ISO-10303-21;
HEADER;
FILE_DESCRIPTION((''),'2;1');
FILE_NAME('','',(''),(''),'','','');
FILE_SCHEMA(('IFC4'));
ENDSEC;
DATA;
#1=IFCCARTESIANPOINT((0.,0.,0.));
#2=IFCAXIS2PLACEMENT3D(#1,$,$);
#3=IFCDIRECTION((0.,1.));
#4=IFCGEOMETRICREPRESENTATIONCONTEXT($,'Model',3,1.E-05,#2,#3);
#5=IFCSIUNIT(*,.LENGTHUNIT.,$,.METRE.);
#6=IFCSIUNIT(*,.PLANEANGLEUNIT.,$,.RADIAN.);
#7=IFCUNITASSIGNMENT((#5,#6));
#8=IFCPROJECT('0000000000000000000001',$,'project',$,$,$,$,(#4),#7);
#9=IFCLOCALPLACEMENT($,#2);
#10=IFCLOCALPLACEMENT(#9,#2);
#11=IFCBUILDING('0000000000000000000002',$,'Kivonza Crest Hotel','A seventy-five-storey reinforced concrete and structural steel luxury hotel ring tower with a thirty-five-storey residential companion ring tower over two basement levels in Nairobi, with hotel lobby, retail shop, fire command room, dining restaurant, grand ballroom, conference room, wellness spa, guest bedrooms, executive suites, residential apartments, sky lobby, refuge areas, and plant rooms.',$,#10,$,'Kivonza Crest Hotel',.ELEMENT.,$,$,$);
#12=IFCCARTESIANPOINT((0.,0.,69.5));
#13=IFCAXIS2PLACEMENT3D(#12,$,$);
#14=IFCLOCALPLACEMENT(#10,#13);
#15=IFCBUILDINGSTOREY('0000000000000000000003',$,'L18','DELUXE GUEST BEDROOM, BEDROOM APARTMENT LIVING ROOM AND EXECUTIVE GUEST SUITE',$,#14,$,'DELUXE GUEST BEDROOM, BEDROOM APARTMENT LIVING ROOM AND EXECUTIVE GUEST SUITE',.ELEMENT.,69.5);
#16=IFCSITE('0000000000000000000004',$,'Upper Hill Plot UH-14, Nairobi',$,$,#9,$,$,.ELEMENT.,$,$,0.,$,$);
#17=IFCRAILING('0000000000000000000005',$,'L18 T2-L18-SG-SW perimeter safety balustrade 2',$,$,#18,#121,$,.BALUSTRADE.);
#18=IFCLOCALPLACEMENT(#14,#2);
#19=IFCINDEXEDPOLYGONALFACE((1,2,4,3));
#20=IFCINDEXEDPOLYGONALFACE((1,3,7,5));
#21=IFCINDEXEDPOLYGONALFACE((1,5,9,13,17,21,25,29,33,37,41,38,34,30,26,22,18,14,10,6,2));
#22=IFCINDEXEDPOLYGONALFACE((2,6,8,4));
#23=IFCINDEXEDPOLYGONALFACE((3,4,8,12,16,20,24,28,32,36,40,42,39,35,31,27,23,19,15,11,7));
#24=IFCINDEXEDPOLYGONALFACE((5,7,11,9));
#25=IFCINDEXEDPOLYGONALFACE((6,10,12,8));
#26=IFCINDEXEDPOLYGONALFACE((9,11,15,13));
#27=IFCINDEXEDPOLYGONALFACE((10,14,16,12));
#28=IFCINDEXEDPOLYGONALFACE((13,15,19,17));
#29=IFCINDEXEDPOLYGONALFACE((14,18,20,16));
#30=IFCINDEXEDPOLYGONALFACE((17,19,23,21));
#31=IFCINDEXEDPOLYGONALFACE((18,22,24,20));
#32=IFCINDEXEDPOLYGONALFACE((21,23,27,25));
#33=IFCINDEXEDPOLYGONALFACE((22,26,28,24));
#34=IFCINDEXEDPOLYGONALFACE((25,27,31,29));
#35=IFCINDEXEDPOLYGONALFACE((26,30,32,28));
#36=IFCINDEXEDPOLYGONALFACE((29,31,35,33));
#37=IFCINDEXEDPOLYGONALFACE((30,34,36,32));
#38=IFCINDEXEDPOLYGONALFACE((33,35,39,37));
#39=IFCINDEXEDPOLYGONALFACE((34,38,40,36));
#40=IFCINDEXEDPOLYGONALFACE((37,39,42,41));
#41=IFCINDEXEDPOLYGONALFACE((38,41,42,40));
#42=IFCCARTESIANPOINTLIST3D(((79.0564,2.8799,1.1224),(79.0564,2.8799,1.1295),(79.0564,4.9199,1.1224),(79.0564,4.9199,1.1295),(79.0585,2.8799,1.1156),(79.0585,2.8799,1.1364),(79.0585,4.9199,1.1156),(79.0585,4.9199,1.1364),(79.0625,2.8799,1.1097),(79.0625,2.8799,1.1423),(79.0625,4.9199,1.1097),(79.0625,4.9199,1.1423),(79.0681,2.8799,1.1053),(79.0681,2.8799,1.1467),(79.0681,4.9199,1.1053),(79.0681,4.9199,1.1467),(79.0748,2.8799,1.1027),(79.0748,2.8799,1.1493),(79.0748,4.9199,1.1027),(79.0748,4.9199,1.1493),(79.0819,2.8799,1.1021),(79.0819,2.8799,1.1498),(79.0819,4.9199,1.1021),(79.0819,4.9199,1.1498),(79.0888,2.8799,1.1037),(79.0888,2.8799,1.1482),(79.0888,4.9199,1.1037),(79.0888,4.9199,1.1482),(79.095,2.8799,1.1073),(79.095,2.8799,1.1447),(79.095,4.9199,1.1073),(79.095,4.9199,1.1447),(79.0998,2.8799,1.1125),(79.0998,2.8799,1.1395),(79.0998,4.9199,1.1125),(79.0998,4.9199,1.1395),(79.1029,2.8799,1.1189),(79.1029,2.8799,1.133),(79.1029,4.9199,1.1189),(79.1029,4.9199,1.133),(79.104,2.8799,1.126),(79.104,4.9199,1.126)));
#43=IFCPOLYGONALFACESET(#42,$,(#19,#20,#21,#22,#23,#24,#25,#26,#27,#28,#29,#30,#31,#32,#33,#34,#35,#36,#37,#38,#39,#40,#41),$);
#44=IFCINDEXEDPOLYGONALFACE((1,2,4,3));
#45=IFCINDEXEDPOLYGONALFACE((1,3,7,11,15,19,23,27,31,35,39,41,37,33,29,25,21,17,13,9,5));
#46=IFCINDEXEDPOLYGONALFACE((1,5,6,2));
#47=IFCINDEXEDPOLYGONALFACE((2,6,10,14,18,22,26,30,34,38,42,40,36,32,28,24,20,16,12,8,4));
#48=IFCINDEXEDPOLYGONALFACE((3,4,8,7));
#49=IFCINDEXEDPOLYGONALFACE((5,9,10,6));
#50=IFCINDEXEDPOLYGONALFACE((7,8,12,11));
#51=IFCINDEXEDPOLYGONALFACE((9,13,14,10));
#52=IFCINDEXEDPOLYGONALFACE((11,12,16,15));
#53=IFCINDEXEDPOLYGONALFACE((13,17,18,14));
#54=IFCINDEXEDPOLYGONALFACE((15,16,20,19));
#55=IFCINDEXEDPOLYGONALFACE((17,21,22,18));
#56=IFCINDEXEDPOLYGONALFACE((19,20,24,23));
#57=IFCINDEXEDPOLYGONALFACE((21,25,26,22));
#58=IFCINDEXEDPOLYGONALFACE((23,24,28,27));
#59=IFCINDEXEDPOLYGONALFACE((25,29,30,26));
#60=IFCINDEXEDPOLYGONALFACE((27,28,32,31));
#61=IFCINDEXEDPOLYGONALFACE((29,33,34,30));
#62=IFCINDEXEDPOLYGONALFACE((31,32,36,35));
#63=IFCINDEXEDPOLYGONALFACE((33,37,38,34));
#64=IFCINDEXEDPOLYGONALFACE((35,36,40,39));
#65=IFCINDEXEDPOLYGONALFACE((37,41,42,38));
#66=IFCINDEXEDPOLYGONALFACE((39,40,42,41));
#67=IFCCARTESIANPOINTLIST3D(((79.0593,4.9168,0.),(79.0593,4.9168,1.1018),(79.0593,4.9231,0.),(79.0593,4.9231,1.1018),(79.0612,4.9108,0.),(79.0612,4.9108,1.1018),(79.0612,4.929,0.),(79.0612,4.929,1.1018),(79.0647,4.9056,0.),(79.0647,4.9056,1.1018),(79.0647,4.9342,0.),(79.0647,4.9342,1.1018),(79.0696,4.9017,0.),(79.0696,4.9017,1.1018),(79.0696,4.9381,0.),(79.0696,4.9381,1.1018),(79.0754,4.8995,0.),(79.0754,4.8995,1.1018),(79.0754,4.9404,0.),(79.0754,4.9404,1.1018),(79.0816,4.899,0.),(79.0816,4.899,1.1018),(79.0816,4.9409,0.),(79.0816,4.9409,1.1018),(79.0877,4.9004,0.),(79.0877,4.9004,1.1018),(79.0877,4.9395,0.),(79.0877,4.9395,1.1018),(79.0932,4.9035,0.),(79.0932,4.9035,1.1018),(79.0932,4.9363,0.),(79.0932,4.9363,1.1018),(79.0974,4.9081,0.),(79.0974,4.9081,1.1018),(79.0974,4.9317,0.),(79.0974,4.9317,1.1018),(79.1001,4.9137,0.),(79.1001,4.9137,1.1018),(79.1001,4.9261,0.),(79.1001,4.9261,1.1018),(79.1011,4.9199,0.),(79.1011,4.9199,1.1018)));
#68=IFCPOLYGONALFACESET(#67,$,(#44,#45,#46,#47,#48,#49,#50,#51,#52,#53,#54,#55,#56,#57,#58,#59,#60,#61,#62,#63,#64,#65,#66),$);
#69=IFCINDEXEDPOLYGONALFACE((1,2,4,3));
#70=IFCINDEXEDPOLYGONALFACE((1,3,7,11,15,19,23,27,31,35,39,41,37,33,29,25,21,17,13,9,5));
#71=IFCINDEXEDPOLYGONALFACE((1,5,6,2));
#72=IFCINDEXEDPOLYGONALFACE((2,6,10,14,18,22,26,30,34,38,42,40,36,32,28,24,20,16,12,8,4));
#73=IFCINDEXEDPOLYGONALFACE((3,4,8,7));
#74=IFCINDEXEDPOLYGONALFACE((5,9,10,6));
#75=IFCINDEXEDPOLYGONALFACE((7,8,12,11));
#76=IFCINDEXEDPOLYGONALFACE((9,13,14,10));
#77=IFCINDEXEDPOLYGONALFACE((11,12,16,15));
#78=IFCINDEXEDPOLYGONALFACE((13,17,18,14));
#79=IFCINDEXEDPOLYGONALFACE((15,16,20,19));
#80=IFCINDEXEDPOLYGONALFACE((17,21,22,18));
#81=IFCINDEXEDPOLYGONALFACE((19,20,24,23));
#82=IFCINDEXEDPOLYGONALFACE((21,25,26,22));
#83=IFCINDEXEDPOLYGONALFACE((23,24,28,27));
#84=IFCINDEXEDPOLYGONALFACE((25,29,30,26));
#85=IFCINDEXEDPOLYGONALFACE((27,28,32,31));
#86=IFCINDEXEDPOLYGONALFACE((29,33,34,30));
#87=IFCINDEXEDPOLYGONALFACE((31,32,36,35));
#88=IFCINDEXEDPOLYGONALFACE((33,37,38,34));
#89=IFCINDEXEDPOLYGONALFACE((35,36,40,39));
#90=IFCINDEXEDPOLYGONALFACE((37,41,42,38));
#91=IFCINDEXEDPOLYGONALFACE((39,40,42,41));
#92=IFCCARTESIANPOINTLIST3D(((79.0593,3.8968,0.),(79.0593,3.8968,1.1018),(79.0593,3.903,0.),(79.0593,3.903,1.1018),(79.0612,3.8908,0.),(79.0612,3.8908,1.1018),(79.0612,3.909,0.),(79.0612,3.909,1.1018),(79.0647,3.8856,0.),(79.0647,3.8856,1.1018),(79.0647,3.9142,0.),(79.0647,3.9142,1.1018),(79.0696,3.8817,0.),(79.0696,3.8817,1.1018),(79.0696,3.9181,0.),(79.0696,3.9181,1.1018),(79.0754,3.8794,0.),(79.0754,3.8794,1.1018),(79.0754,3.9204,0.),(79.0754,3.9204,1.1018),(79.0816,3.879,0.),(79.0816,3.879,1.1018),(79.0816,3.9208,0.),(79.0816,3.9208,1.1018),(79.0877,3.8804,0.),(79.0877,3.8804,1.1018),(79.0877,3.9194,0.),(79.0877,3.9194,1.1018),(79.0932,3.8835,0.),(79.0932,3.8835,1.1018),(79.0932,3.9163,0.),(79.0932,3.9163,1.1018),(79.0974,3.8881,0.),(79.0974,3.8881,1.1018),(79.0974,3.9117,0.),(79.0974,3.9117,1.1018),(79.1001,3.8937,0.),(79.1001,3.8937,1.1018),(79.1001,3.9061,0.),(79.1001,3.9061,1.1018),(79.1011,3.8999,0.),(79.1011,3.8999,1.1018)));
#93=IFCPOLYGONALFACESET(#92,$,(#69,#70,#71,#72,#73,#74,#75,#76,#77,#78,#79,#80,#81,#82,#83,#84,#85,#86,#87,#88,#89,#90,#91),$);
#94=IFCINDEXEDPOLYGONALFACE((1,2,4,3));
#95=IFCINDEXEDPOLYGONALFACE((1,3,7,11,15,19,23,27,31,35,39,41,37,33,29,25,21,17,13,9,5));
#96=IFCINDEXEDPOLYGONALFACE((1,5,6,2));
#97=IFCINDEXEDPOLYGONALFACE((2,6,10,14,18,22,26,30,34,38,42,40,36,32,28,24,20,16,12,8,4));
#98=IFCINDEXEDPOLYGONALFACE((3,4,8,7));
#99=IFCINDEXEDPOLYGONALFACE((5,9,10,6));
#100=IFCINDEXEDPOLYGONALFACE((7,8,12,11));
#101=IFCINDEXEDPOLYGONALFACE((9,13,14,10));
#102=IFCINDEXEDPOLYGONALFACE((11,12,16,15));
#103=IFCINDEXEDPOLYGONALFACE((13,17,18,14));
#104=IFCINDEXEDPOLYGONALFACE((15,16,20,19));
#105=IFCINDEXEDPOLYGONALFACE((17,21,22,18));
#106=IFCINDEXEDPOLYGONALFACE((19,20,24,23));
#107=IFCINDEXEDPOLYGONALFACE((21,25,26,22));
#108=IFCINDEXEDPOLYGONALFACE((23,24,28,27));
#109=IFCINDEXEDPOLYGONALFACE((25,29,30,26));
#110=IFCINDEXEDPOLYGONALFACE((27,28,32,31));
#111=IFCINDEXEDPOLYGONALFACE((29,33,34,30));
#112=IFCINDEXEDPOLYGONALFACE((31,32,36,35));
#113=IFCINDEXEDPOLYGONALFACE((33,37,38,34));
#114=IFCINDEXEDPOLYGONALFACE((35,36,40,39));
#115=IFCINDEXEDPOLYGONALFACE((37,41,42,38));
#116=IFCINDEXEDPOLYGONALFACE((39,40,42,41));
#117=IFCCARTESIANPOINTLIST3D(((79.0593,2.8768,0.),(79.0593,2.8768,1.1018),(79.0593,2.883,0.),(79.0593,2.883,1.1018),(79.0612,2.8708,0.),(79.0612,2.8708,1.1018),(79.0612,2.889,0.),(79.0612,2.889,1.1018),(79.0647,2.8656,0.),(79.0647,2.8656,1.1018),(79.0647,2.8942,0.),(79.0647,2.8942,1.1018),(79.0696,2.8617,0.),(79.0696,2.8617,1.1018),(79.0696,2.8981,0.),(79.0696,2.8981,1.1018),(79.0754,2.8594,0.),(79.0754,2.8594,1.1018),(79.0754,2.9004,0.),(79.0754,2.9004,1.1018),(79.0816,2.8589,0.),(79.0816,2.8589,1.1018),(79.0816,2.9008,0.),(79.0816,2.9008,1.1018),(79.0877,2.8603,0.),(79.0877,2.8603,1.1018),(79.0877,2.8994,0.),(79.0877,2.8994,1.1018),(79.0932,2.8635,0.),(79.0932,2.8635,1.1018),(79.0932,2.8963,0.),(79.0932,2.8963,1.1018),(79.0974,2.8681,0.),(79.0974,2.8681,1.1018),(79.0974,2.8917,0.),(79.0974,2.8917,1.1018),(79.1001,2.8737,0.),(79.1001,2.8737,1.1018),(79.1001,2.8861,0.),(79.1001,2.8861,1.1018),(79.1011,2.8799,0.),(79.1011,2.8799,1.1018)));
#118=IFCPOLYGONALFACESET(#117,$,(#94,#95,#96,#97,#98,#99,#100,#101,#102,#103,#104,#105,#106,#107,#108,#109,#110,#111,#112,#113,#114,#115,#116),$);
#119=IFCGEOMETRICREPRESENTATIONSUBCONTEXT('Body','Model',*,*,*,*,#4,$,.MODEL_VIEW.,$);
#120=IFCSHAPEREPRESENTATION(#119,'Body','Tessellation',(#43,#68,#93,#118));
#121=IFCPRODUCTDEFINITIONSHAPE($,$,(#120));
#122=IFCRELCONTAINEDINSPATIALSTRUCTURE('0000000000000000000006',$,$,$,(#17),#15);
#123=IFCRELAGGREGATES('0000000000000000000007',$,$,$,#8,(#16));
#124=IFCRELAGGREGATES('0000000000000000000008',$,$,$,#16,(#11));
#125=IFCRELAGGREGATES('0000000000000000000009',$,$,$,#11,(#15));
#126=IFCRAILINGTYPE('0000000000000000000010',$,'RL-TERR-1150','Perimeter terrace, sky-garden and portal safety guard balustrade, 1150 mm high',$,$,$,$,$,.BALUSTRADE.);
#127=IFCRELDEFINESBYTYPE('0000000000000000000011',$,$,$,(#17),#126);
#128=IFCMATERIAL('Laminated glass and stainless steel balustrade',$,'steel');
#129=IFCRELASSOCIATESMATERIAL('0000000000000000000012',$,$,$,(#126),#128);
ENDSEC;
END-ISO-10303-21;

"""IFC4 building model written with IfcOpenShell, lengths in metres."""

from ifc_helpers import new_model, si_unit, direction, frame, origin, origin_2d, place, context, subcontext, project, spatial, circle, extrude, material, type_object, element, save


model = new_model("IFC4")

# Units and contexts
model_context = context("Model", 3, precision=1e-05, world=origin(), true_north=direction((0.0, 1.0)))
body_context = subcontext(model_context, "Body", "Model", "MODEL_VIEW")
ifc_project = project(units=[si_unit("LENGTHUNIT", "METRE"), si_unit("PLANEANGLEUNIT", "RADIAN")], contexts=[model_context])

# Site, building, storey
site_placement = place(None, origin())
site = spatial("IfcSite", under=ifc_project, at=site_placement, Name="Upper Hill Plot UH-14, Nairobi", CompositionType="ELEMENT", RefElevation=0.0)
building_placement = place(site_placement, origin())
building = spatial("IfcBuilding", under=site, at=building_placement, Name="Kivonza Crest Hotel", Description="A seventy-five-storey reinforced concrete and structural steel luxury hotel ring tower with a thirty-five-storey residential companion ring tower over two basement levels in Nairobi, with hotel lobby, retail shop, fire command room, dining restaurant, grand ballroom, conference room, wellness spa, guest bedrooms, executive suites, residential apartments, sky lobby, refuge areas, and plant rooms.", LongName="Kivonza Crest Hotel", CompositionType="ELEMENT")
storey_placement = place(building_placement, frame((0.0, 0.0, 69.5)))
storey = spatial("IfcBuildingStorey", under=building, at=storey_placement, Name="L18", Description="DELUXE GUEST BEDROOM, BEDROOM APARTMENT LIVING ROOM AND EXECUTIVE GUEST SUITE", LongName="DELUXE GUEST BEDROOM, BEDROOM APARTMENT LIVING ROOM AND EXECUTIVE GUEST SUITE", CompositionType="ELEMENT", Elevation=69.5)

# Railing
ifc_material_1 = material(Name="Laminated glass and stainless steel balustrade", Category="steel")
railing_type = type_object("IfcRailingType", Name="RL-TERR-1150", Description="Perimeter terrace, sky-garden and portal safety guard balustrade, 1150 mm high", PredefinedType="BALUSTRADE", material=ifc_material_1)
railing_1_placement = place(storey_placement, frame((79.0801, 4.9199, 0.0)))
element("IfcRailing", 1, at=railing_1_placement, inside=storey, type_object=railing_type, Name="L18 T2-L18-SG-SW perimeter safety balustrade 2", PredefinedType="BALUSTRADE", context=body_context, shape_type="SweptSolid", body=[
    extrude(circle(Radius=0.0239, at=origin_2d()), frame((0.0, 0.0, 1.126), z_axis=(0.0, -1.0, 0.0), x_axis=(1.0, 0.0, 0.0)), (0.0, 0.0, 1.0), 2.04),
    extrude(circle(Radius=0.021, at=origin_2d()), origin(), (0.0, 0.0, 1.0), 1.1018),
    extrude(circle(Radius=0.021, at=origin_2d()), frame((0.0, -1.02, 0.0)), (0.0, 0.0, 1.0), 1.1018),
    extrude(circle(Radius=0.021, at=origin_2d()), frame((0.0, -2.04, 0.0)), (0.0, 0.0, 1.0), 1.1018),
])

save(model, "model.ifc")
